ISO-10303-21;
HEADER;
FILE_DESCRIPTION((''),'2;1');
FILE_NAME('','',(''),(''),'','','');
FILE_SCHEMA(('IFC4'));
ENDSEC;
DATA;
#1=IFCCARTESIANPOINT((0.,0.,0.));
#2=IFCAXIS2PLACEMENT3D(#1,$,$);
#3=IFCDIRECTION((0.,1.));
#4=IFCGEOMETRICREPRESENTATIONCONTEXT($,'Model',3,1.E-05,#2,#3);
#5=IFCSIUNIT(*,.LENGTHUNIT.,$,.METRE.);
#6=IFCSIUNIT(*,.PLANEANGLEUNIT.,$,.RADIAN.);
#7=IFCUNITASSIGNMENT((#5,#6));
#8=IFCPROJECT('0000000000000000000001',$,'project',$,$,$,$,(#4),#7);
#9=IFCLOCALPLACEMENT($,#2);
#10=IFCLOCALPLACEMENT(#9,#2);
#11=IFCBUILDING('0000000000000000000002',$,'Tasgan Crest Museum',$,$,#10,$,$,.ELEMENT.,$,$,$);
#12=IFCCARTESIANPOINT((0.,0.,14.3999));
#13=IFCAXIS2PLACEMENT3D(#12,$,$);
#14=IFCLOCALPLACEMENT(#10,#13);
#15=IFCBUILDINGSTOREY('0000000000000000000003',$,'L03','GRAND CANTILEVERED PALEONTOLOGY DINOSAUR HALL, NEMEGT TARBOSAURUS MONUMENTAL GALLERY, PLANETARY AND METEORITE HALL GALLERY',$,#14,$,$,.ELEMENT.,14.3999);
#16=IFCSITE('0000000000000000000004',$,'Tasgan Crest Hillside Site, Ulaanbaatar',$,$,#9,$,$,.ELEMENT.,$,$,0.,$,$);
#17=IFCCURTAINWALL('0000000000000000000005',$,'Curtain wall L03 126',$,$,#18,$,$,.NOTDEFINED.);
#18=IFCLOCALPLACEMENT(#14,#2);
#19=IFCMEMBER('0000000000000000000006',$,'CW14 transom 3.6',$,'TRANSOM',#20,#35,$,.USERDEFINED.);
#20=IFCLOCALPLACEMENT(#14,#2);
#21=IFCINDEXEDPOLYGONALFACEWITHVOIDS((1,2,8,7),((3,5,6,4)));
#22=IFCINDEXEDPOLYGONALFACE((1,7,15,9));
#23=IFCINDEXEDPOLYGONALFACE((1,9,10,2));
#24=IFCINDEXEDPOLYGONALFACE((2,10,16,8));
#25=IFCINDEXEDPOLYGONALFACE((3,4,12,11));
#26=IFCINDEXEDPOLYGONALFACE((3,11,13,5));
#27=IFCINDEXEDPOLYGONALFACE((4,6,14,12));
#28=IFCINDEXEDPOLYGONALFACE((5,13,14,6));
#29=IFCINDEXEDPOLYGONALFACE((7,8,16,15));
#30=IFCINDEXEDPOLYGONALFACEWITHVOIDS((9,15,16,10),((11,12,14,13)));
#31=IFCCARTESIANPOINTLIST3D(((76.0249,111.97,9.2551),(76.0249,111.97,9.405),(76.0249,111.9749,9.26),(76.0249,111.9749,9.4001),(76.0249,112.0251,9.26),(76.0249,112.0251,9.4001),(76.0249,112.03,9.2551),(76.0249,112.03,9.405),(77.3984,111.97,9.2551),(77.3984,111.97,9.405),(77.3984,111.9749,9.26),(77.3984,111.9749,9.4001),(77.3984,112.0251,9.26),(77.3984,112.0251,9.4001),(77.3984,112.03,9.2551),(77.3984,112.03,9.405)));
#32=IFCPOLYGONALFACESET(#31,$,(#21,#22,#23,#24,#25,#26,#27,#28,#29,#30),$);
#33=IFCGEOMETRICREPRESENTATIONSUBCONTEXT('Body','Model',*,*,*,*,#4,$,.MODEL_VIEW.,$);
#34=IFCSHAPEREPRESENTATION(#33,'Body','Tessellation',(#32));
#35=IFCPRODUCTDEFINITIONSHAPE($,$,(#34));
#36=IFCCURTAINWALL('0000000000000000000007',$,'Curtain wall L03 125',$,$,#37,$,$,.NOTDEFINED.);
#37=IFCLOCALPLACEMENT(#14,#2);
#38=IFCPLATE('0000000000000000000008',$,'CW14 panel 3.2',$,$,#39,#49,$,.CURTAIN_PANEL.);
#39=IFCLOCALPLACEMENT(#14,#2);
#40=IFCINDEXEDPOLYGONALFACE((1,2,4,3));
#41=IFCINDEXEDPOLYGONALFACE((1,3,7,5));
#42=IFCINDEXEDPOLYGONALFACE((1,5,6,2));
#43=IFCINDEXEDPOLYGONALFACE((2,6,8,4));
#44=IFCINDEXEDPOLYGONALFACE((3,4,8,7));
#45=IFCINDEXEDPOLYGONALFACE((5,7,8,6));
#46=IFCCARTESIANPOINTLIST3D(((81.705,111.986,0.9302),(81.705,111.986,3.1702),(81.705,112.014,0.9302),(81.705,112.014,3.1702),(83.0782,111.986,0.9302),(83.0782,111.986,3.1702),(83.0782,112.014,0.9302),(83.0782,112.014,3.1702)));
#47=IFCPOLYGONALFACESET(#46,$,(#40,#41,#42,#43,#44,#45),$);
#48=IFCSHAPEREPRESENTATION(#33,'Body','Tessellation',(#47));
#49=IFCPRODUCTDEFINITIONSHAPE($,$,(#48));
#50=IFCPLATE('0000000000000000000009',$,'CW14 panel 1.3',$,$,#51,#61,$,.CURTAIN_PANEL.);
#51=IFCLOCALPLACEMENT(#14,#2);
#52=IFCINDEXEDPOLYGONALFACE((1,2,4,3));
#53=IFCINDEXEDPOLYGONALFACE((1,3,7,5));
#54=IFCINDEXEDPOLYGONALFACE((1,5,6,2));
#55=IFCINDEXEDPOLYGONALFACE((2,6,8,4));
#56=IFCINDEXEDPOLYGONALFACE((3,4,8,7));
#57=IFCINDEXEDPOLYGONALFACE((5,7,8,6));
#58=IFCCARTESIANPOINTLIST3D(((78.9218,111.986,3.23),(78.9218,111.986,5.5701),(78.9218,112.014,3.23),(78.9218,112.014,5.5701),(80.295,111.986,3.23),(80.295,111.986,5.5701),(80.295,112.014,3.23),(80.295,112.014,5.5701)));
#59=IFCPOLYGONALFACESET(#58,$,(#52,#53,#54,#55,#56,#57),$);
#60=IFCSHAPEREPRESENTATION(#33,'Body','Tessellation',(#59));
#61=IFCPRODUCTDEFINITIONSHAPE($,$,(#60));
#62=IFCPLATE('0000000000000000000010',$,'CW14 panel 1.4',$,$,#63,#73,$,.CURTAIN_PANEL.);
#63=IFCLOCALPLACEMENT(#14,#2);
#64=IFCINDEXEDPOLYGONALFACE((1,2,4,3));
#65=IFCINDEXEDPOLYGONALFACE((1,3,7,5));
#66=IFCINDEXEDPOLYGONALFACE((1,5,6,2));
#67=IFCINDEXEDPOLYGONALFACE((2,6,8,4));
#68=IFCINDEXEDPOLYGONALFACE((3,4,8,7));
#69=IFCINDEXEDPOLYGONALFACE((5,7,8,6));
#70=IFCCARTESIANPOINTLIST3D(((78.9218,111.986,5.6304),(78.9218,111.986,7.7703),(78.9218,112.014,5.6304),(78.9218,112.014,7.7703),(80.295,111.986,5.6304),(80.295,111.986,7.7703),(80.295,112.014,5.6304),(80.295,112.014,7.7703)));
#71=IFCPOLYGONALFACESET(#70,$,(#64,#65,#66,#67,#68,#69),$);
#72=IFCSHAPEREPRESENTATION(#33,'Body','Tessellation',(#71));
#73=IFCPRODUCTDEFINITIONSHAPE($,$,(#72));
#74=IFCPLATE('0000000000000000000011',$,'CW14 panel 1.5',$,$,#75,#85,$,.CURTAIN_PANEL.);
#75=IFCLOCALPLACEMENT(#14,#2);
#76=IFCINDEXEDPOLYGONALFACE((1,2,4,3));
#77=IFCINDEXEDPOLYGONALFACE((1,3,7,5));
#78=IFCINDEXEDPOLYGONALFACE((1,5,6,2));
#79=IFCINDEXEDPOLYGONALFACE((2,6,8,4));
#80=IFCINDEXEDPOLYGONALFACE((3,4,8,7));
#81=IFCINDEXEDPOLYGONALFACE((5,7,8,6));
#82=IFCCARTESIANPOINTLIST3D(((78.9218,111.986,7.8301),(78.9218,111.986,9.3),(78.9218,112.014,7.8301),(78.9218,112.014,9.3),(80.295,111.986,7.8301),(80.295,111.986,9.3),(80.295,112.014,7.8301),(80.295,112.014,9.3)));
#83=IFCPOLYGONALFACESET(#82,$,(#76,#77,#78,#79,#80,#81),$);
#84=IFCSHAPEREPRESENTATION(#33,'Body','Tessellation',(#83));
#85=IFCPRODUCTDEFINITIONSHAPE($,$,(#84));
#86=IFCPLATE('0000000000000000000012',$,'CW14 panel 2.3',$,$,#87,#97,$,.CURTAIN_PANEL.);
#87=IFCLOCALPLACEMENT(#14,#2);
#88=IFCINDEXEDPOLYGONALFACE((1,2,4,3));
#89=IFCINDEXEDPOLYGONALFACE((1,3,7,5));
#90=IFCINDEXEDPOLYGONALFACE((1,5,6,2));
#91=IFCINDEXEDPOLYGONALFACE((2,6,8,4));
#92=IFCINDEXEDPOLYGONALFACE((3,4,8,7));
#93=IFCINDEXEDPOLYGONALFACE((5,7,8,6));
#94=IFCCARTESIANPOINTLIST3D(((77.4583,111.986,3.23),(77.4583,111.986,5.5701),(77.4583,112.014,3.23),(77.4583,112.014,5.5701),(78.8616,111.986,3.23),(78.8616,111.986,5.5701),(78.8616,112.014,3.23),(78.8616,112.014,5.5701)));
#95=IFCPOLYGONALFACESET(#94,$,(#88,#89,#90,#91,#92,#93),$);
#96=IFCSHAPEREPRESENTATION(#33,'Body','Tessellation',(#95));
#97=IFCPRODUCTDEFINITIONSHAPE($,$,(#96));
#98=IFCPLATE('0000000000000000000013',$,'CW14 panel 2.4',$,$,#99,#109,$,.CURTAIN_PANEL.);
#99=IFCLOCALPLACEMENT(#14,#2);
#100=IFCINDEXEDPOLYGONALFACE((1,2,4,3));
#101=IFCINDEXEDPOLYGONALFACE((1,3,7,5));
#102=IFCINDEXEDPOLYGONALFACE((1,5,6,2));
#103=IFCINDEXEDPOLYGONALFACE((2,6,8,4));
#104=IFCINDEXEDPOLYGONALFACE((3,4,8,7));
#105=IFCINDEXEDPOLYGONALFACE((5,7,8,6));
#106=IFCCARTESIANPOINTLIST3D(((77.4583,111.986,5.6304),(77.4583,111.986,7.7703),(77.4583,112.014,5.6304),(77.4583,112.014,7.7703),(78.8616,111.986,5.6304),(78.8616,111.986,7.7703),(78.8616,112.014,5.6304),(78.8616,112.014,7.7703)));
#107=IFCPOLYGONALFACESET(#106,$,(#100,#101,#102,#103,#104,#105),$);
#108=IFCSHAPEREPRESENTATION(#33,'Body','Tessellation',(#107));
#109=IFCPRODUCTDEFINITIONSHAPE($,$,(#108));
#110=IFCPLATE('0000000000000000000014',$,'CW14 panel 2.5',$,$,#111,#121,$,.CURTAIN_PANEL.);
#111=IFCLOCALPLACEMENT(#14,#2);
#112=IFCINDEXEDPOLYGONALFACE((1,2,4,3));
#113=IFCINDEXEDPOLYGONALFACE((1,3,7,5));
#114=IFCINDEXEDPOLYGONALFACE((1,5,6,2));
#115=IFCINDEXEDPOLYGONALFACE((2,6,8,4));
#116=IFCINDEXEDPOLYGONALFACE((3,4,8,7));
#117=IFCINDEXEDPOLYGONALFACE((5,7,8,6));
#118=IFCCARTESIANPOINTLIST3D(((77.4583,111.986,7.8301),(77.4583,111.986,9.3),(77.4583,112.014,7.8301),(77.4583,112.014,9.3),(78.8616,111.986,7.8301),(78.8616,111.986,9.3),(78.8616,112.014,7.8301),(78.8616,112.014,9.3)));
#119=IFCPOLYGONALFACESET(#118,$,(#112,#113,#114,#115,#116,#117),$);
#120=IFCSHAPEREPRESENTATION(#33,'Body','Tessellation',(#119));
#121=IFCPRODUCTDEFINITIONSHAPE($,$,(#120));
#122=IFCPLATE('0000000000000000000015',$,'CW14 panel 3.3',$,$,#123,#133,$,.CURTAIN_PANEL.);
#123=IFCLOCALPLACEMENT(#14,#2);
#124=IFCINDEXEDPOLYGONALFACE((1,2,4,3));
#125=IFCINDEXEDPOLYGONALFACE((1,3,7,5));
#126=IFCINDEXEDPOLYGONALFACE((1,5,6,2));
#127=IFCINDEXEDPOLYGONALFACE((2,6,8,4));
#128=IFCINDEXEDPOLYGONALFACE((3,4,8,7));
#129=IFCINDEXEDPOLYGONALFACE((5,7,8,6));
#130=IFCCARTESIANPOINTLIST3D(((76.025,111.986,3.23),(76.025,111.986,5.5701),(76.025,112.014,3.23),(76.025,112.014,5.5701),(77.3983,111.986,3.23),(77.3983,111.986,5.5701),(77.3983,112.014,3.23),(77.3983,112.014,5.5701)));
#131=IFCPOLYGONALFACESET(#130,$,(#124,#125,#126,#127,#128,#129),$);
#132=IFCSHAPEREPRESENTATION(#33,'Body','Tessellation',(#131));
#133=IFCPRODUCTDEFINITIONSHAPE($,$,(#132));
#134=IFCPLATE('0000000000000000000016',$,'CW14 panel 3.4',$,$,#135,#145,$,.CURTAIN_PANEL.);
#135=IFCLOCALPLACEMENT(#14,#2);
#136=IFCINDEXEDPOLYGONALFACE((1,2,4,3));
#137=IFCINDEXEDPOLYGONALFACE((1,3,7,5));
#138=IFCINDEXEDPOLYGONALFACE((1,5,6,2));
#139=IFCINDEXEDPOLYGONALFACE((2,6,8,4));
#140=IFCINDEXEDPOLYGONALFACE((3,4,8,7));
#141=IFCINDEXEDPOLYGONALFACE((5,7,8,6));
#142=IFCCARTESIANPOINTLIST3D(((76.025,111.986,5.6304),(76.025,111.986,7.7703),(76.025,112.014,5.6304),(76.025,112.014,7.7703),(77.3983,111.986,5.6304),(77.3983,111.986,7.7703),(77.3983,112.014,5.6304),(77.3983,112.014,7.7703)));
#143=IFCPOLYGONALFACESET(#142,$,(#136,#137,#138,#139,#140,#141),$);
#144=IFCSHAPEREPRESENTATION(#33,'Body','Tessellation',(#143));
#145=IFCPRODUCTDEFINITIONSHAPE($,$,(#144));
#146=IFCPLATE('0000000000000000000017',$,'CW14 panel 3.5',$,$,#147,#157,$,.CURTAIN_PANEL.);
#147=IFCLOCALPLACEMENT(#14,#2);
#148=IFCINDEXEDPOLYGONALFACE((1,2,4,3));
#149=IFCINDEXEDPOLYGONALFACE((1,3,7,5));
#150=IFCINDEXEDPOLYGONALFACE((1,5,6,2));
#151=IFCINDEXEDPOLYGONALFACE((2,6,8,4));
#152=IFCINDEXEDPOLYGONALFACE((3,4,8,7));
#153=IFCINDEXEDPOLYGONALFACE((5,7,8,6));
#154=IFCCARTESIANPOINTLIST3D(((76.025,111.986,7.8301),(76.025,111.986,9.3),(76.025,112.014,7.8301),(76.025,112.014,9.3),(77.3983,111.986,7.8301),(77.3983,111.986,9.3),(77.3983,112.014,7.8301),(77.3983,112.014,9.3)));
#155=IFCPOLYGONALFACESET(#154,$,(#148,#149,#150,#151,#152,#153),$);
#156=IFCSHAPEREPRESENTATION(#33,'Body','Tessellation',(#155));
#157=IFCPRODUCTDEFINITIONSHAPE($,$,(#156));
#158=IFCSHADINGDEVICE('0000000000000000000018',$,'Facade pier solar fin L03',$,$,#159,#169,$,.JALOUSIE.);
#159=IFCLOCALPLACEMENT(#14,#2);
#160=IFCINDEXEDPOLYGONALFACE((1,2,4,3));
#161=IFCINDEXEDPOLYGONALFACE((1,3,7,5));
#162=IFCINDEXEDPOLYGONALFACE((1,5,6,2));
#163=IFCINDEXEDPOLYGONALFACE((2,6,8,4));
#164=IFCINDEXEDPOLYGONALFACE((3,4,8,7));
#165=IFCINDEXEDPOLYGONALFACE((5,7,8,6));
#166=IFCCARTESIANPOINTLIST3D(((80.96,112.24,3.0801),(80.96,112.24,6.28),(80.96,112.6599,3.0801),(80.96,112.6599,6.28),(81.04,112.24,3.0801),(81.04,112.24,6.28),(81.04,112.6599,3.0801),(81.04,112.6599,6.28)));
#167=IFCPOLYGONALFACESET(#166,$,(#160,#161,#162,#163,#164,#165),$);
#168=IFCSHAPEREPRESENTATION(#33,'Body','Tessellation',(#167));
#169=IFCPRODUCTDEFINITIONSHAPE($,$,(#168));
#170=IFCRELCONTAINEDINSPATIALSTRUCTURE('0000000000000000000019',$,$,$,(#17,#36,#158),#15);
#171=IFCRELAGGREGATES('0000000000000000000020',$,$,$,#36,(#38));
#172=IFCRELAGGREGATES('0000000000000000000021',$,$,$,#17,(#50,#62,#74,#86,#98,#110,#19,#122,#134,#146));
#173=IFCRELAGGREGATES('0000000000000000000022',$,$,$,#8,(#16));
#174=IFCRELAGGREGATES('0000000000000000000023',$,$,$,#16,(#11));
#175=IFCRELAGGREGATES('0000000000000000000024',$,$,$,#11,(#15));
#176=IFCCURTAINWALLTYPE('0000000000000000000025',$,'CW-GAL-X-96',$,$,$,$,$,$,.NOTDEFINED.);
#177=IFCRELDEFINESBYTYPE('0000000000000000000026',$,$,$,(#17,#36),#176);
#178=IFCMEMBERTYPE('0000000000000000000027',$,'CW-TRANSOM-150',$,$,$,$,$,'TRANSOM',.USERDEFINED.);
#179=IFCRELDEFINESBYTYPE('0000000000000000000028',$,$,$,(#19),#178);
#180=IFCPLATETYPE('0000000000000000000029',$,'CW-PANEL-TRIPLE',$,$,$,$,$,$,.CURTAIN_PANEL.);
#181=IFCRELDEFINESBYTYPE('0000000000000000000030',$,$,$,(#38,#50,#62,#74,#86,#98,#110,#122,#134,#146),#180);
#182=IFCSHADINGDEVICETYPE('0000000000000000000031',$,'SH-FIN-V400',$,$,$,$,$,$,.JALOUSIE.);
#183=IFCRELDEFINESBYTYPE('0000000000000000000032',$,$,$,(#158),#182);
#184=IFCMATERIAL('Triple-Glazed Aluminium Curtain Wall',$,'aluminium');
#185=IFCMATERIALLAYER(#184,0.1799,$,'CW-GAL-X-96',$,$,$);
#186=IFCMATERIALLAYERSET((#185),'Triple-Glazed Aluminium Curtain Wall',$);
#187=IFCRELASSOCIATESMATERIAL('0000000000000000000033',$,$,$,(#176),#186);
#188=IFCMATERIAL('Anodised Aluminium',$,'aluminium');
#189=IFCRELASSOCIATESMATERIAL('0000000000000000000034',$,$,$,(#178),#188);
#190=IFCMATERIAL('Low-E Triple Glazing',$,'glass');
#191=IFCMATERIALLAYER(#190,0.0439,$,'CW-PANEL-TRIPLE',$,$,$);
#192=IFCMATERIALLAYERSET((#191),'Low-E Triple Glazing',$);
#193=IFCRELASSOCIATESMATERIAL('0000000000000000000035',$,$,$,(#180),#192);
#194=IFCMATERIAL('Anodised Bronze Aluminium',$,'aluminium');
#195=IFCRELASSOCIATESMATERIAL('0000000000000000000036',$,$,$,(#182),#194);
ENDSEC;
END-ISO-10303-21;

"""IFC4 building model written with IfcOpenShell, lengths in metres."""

from ifc_helpers import new_model, si_unit, direction, frame, origin, origin_2d, place, context, subcontext, project, spatial, rectangle, hollow_rectangle, extrude, material, layer, layer_set, material_profile, profile_set, type_object, element, aggregate, save


model = new_model("IFC4")

# Units and contexts
model_context = context("Model", 3, precision=1e-05, world=origin(), true_north=direction((0.0, 1.0)))
body_context = subcontext(model_context, "Body", "Model", "MODEL_VIEW")
ifc_project = project(units=[si_unit("LENGTHUNIT", "METRE"), si_unit("PLANEANGLEUNIT", "RADIAN")], contexts=[model_context])

# Site, building, storey
site_placement = place(None, origin())
site = spatial("IfcSite", under=ifc_project, at=site_placement, Name="Tasgan Crest Hillside Site, Ulaanbaatar", CompositionType="ELEMENT", RefElevation=0.0)
building_placement = place(site_placement, origin())
building = spatial("IfcBuilding", under=site, at=building_placement, Name="Tasgan Crest Museum", CompositionType="ELEMENT")
storey_placement = place(building_placement, frame((0.0, 0.0, 14.3999)))
storey = spatial("IfcBuildingStorey", under=building, at=storey_placement, Name="L03", Description="GRAND CANTILEVERED PALEONTOLOGY DINOSAUR HALL, NEMEGT TARBOSAURUS MONUMENTAL GALLERY, PLANETARY AND METEORITE HALL GALLERY", CompositionType="ELEMENT", Elevation=14.3999)

# Curtain wall, member
ifc_material_1 = material(Name="Triple-Glazed Aluminium Curtain Wall", Category="aluminium")
ifc_layer_1 = layer(ifc_material_1, 0.1799, Name="CW-GAL-X-96")
ifc_layer_set_1 = layer_set([ifc_layer_1], Name="Triple-Glazed Aluminium Curtain Wall")
curtain_wall_type = type_object("IfcCurtainWallType", Name="CW-GAL-X-96", PredefinedType="NOTDEFINED", material=ifc_layer_set_1)
curtain_wall_1_placement = place(storey_placement, origin())
curtain_wall_1 = element("IfcCurtainWall", 1, at=curtain_wall_1_placement, inside=storey, type_object=curtain_wall_type, Name="Curtain wall L03 126", PredefinedType="NOTDEFINED")
ifc_material_2 = material(Name="Anodised Aluminium", Category="aluminium")
ifc_material_profile = material_profile(ifc_material_2, hollow_rectangle(XDim=0.0601, YDim=0.1499, WallThickness=0.0049, at=origin_2d()), Name="ALU TRANSOM 150x60x5")
ifc_profile_set = profile_set([ifc_material_profile], Name="Anodised Aluminium")
member_type = type_object("IfcMemberType", Name="CW-TRANSOM-150", ElementType="TRANSOM", PredefinedType="USERDEFINED", material=ifc_profile_set)
member_1_placement = place(storey_placement, frame((77.3984, 112.0, 9.3301), z_axis=(-1.0, 0.0, 0.0), x_axis=(0.0, -1.0, 0.0)))
member_1 = element("IfcMember", 2, at=member_1_placement, type_object=member_type, Name="CW14 transom 3.6", ObjectType="TRANSOM", PredefinedType="USERDEFINED", context=body_context, shape_type="SweptSolid", body=[
    extrude(hollow_rectangle(XDim=0.0601, YDim=0.1499, WallThickness=0.0049, at=origin_2d()), origin(), (0.0, 0.0, 1.0), 1.3735),
])

# Curtain wall, plate
curtain_wall_2_placement = place(storey_placement, origin())
curtain_wall_2 = element("IfcCurtainWall", 3, at=curtain_wall_2_placement, inside=storey, type_object=curtain_wall_type, Name="Curtain wall L03 125", PredefinedType="NOTDEFINED")
ifc_material_3 = material(Name="Low-E Triple Glazing", Category="glass")
ifc_layer_2 = layer(ifc_material_3, 0.0439, Name="CW-PANEL-TRIPLE")
ifc_layer_set_2 = layer_set([ifc_layer_2], Name="Low-E Triple Glazing")
plate_type = type_object("IfcPlateType", Name="CW-PANEL-TRIPLE", PredefinedType="CURTAIN_PANEL", material=ifc_layer_set_2)
plate_1_placement = place(storey_placement, frame((82.3916, 112.0, 0.9302), z_axis=(0.0, 0.0, 1.0), x_axis=(-1.0, 0.0, 0.0)))
plate_1 = element("IfcPlate", 4, at=plate_1_placement, type_object=plate_type, Name="CW14 panel 3.2", PredefinedType="CURTAIN_PANEL", context=body_context, shape_type="SweptSolid", body=[
    extrude(rectangle(XDim=1.3733, YDim=0.0281, at=origin_2d()), origin(), (0.0, 0.0, 1.0), 2.24),
])
aggregate(curtain_wall_2, [plate_1])

# Plates
plate_2_placement = place(storey_placement, frame((79.6084, 112.0, 3.23), z_axis=(0.0, 0.0, 1.0), x_axis=(-1.0, 0.0, 0.0)))
plate_2 = element("IfcPlate", 5, at=plate_2_placement, type_object=plate_type, Name="CW14 panel 1.3", PredefinedType="CURTAIN_PANEL", context=body_context, shape_type="SweptSolid", body=[
    extrude(rectangle(XDim=1.3733, YDim=0.0281, at=origin_2d()), origin(), (0.0, 0.0, 1.0), 2.3401),
])
plate_3_placement = place(storey_placement, frame((79.6084, 112.0, 5.6304), z_axis=(0.0, 0.0, 1.0), x_axis=(-1.0, 0.0, 0.0)))
plate_3 = element("IfcPlate", 6, at=plate_3_placement, type_object=plate_type, Name="CW14 panel 1.4", PredefinedType="CURTAIN_PANEL", context=body_context, shape_type="SweptSolid", body=[
    extrude(rectangle(XDim=1.3733, YDim=0.0281, at=origin_2d()), origin(), (0.0, 0.0, 1.0), 2.1399),
])
plate_4_placement = place(storey_placement, frame((79.6084, 112.0, 7.8301), z_axis=(0.0, 0.0, 1.0), x_axis=(-1.0, 0.0, 0.0)))
plate_4 = element("IfcPlate", 7, at=plate_4_placement, type_object=plate_type, Name="CW14 panel 1.5", PredefinedType="CURTAIN_PANEL", context=body_context, shape_type="SweptSolid", body=[
    extrude(rectangle(XDim=1.3733, YDim=0.0281, at=origin_2d()), origin(), (0.0, 0.0, 1.0), 1.47),
])
plate_5_placement = place(storey_placement, frame((78.1599, 112.0, 3.23), z_axis=(0.0, 0.0, 1.0), x_axis=(-1.0, 0.0, 0.0)))
plate_5 = element("IfcPlate", 8, at=plate_5_placement, type_object=plate_type, Name="CW14 panel 2.3", PredefinedType="CURTAIN_PANEL", context=body_context, shape_type="SweptSolid", body=[
    extrude(rectangle(XDim=1.4033, YDim=0.0281, at=origin_2d()), origin(), (0.0, 0.0, 1.0), 2.3401),
])
plate_6_placement = place(storey_placement, frame((78.1599, 112.0, 5.6304), z_axis=(0.0, 0.0, 1.0), x_axis=(-1.0, 0.0, 0.0)))
plate_6 = element("IfcPlate", 9, at=plate_6_placement, type_object=plate_type, Name="CW14 panel 2.4", PredefinedType="CURTAIN_PANEL", context=body_context, shape_type="SweptSolid", body=[
    extrude(rectangle(XDim=1.4033, YDim=0.0281, at=origin_2d()), origin(), (0.0, 0.0, 1.0), 2.1399),
])
plate_7_placement = place(storey_placement, frame((78.1599, 112.0, 7.8301), z_axis=(0.0, 0.0, 1.0), x_axis=(-1.0, 0.0, 0.0)))
plate_7 = element("IfcPlate", 10, at=plate_7_placement, type_object=plate_type, Name="CW14 panel 2.5", PredefinedType="CURTAIN_PANEL", context=body_context, shape_type="SweptSolid", body=[
    extrude(rectangle(XDim=1.4033, YDim=0.0281, at=origin_2d()), origin(), (0.0, 0.0, 1.0), 1.47),
])
plate_8_placement = place(storey_placement, frame((76.7117, 112.0, 3.23), z_axis=(0.0, 0.0, 1.0), x_axis=(-1.0, 0.0, 0.0)))
plate_8 = element("IfcPlate", 11, at=plate_8_placement, type_object=plate_type, Name="CW14 panel 3.3", PredefinedType="CURTAIN_PANEL", context=body_context, shape_type="SweptSolid", body=[
    extrude(rectangle(XDim=1.3733, YDim=0.0281, at=origin_2d()), origin(), (0.0, 0.0, 1.0), 2.3401),
])
plate_9_placement = place(storey_placement, frame((76.7117, 112.0, 5.6304), z_axis=(0.0, 0.0, 1.0), x_axis=(-1.0, 0.0, 0.0)))
plate_9 = element("IfcPlate", 12, at=plate_9_placement, type_object=plate_type, Name="CW14 panel 3.4", PredefinedType="CURTAIN_PANEL", context=body_context, shape_type="SweptSolid", body=[
    extrude(rectangle(XDim=1.3733, YDim=0.0281, at=origin_2d()), origin(), (0.0, 0.0, 1.0), 2.1399),
])
plate_10_placement = place(storey_placement, frame((76.7117, 112.0, 7.8301), z_axis=(0.0, 0.0, 1.0), x_axis=(-1.0, 0.0, 0.0)))
plate_10 = element("IfcPlate", 13, at=plate_10_placement, type_object=plate_type, Name="CW14 panel 3.5", PredefinedType="CURTAIN_PANEL", context=body_context, shape_type="SweptSolid", body=[
    extrude(rectangle(XDim=1.3733, YDim=0.0281, at=origin_2d()), origin(), (0.0, 0.0, 1.0), 1.47),
])
aggregate(curtain_wall_1, [plate_2, plate_3, plate_4, plate_5, plate_6, plate_7, member_1, plate_8, plate_9, plate_10])

# Shading device
ifc_material_4 = material(Name="Anodised Bronze Aluminium", Category="aluminium")
shading_device_type = type_object("IfcShadingDeviceType", Name="SH-FIN-V400", PredefinedType="JALOUSIE", material=ifc_material_4)
shading_device_placement = place(storey_placement, frame((81.0, 112.45, 3.0801), z_axis=(0.0, 0.0, 1.0), x_axis=(-1.0, 0.0, 0.0)))
element("IfcShadingDevice", 14, at=shading_device_placement, inside=storey, type_object=shading_device_type, Name="Facade pier solar fin L03", PredefinedType="JALOUSIE", context=body_context, shape_type="SweptSolid", body=[
    extrude(rectangle(XDim=0.0801, YDim=0.4199, at=origin_2d()), origin(), (0.0, 0.0, 1.0), 3.2),
])

save(model, "model.ifc")
